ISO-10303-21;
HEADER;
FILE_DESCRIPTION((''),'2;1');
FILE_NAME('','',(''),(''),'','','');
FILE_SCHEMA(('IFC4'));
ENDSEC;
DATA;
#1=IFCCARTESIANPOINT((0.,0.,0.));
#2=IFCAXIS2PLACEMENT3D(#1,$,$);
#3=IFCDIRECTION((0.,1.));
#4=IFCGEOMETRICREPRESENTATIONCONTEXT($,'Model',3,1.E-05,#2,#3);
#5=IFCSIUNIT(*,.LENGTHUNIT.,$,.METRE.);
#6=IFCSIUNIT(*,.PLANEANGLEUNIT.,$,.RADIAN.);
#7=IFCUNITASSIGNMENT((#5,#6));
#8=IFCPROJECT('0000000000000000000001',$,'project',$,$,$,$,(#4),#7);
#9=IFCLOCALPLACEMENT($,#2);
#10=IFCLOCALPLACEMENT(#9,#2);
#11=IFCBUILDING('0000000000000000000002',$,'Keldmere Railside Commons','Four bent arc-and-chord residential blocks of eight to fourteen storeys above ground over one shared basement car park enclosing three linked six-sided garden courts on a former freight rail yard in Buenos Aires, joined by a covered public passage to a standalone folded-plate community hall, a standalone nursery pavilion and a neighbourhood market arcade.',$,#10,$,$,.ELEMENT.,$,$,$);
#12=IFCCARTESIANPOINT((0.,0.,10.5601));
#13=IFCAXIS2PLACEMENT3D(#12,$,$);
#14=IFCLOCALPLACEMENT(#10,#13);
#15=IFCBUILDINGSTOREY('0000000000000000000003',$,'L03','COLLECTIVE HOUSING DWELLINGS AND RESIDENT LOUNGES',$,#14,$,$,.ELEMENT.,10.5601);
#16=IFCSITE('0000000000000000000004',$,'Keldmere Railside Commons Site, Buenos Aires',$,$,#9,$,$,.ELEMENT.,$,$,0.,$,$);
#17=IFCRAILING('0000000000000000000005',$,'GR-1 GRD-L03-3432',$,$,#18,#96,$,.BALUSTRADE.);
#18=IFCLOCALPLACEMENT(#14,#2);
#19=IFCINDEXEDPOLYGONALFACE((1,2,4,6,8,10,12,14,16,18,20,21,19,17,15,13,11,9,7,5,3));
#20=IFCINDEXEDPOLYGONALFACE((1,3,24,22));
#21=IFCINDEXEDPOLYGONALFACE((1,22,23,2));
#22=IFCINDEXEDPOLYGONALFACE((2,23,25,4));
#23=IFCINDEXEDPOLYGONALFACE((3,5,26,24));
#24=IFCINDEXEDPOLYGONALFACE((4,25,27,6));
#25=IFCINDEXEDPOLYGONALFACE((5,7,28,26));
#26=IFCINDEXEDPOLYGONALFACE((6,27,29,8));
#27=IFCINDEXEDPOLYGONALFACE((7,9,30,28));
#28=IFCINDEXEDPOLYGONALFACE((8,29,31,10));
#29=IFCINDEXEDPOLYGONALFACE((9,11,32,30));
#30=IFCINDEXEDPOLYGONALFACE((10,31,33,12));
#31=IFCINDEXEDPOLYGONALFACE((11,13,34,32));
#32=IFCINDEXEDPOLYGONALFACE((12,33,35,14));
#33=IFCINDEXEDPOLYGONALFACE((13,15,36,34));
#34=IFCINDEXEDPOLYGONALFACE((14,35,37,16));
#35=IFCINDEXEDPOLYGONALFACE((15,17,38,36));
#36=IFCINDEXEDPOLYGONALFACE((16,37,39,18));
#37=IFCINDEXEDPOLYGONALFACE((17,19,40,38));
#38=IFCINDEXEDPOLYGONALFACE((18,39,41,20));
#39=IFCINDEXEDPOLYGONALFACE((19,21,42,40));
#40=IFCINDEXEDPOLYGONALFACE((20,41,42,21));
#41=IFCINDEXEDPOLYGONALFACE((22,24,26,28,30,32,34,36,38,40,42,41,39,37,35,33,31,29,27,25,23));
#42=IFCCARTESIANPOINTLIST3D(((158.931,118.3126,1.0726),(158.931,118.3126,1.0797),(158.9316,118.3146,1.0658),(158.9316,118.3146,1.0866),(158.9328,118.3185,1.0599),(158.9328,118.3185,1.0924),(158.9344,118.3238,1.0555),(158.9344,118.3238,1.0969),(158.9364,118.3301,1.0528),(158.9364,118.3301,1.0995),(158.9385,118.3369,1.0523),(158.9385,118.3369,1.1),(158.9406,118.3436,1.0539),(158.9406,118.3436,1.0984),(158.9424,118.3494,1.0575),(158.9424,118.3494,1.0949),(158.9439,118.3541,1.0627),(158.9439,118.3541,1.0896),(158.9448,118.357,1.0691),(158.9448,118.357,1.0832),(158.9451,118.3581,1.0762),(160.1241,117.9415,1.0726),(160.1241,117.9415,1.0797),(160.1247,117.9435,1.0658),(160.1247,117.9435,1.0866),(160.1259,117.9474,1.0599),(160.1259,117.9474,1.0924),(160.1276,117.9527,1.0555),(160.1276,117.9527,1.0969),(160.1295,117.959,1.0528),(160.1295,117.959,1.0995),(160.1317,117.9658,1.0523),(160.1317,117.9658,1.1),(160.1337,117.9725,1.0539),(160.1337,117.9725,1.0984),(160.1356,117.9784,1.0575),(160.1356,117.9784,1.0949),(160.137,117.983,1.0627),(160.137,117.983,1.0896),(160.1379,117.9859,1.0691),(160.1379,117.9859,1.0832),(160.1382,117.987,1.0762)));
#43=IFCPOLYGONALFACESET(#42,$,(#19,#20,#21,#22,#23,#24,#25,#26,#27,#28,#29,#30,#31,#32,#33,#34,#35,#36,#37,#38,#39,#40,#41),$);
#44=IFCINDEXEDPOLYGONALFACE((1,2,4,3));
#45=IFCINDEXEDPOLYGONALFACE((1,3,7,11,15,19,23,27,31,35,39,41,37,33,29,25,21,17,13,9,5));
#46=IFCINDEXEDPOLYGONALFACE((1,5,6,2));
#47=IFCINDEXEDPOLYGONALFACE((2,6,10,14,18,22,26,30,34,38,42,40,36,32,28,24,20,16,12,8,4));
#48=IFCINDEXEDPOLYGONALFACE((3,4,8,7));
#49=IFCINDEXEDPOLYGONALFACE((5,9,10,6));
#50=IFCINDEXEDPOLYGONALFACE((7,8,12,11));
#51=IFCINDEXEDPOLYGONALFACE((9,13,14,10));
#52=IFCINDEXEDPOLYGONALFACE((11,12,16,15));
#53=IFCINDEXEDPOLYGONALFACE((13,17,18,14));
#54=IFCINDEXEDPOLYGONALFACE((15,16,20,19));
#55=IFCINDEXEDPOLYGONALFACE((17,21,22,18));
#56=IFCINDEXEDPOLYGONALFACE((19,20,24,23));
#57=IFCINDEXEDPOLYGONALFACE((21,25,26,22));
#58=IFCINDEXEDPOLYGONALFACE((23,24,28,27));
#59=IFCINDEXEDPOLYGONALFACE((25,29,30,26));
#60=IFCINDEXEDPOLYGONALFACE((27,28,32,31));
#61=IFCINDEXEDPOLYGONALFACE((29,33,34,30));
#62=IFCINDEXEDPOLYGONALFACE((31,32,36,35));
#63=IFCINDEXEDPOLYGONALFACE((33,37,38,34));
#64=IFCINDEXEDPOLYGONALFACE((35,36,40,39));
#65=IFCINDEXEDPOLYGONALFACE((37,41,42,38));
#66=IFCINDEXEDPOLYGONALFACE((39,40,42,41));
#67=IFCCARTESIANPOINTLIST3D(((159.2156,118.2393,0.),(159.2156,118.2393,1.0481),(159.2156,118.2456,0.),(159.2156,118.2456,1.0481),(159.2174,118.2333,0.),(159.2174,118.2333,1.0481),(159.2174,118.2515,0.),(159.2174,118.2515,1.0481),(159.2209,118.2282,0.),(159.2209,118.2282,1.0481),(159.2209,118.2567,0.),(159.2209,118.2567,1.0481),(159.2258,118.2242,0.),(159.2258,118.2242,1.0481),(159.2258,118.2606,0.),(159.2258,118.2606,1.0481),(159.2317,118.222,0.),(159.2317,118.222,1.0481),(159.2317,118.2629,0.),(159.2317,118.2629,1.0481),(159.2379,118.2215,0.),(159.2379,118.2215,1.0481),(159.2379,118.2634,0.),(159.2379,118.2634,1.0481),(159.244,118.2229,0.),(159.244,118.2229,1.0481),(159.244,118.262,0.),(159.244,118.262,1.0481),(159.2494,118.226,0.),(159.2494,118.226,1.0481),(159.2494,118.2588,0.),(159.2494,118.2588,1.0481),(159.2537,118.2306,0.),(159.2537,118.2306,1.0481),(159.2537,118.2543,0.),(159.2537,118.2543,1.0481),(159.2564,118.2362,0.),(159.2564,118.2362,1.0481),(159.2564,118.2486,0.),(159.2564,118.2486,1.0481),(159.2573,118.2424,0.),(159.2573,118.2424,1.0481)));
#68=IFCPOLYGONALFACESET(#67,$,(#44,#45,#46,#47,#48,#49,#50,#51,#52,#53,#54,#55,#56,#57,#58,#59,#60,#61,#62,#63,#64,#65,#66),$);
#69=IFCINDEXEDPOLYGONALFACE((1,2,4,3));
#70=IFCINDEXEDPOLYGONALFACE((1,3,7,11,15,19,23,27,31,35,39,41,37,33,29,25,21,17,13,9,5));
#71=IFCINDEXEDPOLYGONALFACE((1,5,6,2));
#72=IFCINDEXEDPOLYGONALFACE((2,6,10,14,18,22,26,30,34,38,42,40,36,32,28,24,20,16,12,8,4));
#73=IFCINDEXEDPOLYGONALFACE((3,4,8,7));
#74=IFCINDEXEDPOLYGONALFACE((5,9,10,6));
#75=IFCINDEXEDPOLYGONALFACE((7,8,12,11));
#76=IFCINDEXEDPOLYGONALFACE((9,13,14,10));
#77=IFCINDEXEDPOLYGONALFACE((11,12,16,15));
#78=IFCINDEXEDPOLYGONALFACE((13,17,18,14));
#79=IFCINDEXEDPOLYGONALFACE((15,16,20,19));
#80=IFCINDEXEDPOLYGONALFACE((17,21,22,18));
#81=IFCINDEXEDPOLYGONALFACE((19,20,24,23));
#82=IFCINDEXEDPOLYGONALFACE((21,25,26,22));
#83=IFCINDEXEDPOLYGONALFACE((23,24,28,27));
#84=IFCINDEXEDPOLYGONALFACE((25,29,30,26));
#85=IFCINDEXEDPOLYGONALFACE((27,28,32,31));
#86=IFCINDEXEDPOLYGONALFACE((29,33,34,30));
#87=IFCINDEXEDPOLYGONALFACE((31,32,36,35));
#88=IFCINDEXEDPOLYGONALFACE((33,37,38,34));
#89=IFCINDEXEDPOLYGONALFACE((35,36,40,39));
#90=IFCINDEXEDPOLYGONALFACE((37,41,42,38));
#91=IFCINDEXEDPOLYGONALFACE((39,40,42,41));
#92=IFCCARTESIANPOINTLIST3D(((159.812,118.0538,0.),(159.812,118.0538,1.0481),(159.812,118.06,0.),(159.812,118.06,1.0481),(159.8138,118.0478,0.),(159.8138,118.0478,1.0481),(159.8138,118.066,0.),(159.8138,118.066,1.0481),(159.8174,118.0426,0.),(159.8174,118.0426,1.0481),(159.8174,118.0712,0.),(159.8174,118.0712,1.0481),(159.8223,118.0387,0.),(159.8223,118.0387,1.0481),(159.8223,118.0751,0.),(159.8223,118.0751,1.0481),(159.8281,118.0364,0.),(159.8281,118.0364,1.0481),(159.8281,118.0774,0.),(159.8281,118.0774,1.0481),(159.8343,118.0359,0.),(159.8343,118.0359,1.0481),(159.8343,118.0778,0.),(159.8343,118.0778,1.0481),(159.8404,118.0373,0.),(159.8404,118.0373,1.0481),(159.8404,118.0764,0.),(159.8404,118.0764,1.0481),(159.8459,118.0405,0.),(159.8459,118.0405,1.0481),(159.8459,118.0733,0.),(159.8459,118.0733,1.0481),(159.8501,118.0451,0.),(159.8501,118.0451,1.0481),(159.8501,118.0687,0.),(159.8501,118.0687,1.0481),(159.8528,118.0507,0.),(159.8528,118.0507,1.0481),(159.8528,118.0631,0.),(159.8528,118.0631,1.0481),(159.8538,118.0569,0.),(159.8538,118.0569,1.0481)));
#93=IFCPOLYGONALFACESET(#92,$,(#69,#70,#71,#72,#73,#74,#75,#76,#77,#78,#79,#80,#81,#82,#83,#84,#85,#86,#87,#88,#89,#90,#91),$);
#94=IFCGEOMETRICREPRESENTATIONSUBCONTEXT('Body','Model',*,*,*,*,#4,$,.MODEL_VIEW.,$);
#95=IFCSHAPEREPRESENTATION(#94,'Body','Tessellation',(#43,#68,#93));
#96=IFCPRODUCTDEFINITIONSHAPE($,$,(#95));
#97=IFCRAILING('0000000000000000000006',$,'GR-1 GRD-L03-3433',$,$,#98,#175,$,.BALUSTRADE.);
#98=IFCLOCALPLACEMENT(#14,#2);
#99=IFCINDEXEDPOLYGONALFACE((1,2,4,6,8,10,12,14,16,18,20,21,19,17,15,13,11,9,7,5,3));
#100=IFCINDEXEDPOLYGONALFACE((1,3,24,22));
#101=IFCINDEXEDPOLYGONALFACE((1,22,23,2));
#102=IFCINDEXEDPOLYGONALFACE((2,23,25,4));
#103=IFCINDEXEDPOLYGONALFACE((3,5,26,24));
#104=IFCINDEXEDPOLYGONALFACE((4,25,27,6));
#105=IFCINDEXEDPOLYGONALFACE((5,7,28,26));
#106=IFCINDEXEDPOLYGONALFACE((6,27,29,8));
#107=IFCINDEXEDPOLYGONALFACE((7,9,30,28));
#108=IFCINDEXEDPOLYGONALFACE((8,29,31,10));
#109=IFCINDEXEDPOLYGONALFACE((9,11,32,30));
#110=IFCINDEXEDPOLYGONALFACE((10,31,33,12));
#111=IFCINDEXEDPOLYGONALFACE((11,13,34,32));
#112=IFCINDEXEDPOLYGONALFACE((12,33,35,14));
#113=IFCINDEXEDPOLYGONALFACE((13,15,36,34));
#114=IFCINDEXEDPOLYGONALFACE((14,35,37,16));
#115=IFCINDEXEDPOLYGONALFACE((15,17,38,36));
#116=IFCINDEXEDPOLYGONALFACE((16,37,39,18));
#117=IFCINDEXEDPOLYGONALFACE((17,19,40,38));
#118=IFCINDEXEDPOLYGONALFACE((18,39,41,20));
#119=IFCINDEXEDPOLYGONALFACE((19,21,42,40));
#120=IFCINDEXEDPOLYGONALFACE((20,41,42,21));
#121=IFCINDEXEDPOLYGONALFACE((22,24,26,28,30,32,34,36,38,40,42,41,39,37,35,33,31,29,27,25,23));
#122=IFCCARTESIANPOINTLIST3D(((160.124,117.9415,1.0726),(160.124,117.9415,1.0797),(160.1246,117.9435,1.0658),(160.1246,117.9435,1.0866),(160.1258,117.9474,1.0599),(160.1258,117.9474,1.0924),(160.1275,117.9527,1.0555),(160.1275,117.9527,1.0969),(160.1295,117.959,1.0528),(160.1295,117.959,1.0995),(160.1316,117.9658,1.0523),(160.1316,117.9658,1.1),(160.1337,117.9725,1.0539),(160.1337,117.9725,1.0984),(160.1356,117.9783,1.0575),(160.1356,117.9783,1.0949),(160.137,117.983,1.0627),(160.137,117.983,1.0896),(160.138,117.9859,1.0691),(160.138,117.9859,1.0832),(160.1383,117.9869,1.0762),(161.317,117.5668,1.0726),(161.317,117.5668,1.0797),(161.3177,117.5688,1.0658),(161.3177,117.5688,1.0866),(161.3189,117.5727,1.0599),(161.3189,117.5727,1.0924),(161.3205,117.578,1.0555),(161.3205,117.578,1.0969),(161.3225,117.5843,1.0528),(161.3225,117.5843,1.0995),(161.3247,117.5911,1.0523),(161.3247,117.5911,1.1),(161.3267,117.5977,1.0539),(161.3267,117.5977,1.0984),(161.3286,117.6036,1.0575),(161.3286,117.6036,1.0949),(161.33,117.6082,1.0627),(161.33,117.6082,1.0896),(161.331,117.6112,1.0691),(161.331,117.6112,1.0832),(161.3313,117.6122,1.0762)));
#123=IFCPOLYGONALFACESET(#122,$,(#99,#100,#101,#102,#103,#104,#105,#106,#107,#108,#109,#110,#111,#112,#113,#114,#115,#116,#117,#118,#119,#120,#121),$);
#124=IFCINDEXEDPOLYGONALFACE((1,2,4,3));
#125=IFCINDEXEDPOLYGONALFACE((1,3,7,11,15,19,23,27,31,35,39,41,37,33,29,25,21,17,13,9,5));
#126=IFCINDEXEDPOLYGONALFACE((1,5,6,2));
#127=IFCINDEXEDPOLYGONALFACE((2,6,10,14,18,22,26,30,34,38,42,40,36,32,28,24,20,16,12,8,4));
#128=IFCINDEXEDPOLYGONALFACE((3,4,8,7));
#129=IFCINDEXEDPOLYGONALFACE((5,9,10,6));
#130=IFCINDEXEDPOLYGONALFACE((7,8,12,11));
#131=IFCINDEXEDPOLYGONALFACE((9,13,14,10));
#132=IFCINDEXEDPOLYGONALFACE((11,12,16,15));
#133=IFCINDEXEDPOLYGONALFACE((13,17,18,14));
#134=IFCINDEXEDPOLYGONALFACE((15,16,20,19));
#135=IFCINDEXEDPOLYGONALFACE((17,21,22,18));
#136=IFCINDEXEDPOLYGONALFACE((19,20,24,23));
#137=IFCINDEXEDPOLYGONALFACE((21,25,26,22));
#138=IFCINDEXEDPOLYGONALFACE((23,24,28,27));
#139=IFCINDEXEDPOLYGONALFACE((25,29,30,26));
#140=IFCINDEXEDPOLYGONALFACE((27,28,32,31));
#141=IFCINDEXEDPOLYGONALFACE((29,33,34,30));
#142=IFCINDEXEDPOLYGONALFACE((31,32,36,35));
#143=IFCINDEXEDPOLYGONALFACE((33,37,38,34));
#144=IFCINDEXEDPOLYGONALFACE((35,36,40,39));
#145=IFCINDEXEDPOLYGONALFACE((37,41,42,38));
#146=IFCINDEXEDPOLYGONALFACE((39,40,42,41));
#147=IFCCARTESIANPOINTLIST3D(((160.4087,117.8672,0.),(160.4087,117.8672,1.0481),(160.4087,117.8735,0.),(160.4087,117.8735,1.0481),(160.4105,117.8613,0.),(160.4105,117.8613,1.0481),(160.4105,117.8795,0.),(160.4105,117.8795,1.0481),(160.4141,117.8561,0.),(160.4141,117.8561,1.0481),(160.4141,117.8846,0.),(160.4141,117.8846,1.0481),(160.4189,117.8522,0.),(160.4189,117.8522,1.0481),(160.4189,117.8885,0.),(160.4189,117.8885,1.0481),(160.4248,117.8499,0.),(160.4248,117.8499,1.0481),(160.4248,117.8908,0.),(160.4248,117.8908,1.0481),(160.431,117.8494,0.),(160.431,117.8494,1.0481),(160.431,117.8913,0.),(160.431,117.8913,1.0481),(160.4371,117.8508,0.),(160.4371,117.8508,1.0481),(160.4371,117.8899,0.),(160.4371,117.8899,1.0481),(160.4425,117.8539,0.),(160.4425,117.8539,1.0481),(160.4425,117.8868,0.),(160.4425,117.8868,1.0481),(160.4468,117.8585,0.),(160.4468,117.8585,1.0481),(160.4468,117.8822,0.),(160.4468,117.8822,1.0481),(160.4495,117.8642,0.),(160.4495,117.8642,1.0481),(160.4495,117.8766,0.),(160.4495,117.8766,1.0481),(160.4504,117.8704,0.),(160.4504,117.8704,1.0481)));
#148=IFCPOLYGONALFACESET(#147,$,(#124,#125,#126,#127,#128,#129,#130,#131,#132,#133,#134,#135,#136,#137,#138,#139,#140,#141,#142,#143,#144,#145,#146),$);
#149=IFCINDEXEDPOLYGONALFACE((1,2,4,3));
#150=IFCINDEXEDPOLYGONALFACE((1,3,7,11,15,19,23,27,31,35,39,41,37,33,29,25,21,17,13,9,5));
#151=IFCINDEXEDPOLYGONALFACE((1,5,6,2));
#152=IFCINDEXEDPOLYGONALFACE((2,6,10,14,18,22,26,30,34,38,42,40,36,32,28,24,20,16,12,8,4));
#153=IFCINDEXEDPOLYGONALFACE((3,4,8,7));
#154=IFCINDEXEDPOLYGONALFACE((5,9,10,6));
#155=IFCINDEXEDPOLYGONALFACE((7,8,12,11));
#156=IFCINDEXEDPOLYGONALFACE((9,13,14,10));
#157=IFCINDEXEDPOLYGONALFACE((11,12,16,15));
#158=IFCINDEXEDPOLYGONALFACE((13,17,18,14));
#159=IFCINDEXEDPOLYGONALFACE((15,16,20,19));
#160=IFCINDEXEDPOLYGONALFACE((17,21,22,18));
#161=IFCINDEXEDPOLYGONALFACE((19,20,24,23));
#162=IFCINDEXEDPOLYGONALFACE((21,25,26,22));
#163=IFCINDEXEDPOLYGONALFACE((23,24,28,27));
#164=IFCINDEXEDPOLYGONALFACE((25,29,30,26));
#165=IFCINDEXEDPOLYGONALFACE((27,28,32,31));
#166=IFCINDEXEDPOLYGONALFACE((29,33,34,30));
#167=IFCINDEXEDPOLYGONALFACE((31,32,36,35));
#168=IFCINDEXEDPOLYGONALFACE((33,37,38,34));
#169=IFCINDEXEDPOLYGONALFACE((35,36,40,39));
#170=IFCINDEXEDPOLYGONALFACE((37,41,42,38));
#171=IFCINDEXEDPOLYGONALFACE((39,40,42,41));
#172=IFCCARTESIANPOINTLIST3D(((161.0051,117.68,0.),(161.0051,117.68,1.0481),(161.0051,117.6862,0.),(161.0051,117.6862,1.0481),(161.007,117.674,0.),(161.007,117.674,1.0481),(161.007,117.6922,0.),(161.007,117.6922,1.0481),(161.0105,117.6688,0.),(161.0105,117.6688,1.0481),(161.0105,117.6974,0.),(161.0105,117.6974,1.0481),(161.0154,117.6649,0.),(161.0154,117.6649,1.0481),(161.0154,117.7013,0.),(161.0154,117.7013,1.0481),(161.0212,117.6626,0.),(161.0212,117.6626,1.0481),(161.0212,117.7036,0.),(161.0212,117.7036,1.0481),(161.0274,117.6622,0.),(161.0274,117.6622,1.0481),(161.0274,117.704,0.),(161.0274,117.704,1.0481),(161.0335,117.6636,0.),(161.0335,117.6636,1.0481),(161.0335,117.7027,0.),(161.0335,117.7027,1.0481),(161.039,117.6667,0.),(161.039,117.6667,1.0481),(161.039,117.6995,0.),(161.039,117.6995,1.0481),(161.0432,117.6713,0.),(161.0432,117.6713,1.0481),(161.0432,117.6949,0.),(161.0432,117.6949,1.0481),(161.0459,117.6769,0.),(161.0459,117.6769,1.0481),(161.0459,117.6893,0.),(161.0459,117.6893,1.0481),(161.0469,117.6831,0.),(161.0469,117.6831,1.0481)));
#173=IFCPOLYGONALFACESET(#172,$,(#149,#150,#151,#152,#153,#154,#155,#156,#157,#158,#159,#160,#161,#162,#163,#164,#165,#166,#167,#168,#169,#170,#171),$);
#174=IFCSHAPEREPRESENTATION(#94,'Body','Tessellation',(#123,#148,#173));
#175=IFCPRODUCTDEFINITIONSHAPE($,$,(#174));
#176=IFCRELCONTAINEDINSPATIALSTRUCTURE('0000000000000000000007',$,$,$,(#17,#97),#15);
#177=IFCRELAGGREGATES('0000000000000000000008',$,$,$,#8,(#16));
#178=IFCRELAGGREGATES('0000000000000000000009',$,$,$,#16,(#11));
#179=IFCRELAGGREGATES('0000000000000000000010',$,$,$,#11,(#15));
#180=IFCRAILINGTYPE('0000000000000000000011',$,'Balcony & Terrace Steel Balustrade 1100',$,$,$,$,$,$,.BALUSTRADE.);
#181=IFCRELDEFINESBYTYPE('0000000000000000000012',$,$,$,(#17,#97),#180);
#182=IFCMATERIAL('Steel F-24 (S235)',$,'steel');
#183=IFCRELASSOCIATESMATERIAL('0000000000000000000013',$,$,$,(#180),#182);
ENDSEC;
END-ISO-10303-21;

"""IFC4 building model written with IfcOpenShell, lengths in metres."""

from ifc_helpers import new_model, si_unit, direction, frame, origin, origin_2d, place, context, subcontext, project, spatial, circle, extrude, material, type_object, element, save


model = new_model("IFC4")

# Units and contexts
model_context = context("Model", 3, precision=1e-05, world=origin(), true_north=direction((0.0, 1.0)))
body_context = subcontext(model_context, "Body", "Model", "MODEL_VIEW")
ifc_project = project(units=[si_unit("LENGTHUNIT", "METRE"), si_unit("PLANEANGLEUNIT", "RADIAN")], contexts=[model_context])

# Site, building, storey
site_placement = place(None, origin())
site = spatial("IfcSite", under=ifc_project, at=site_placement, Name="Keldmere Railside Commons Site, Buenos Aires", CompositionType="ELEMENT", RefElevation=0.0)
building_placement = place(site_placement, origin())
building = spatial("IfcBuilding", under=site, at=building_placement, Name="Keldmere Railside Commons", Description="Four bent arc-and-chord residential blocks of eight to fourteen storeys above ground over one shared basement car park enclosing three linked six-sided garden courts on a former freight rail yard in Buenos Aires, joined by a covered public passage to a standalone folded-plate community hall, a standalone nursery pavilion and a neighbourhood market arcade.", CompositionType="ELEMENT")
storey_placement = place(building_placement, frame((0.0, 0.0, 10.5601)))
storey = spatial("IfcBuildingStorey", under=building, at=storey_placement, Name="L03", Description="COLLECTIVE HOUSING DWELLINGS AND RESIDENT LOUNGES", CompositionType="ELEMENT", Elevation=10.5601)

# Railings
ifc_material_1 = material(Name="Steel F-24 (S235)", Category="steel")
railing_type = type_object("IfcRailingType", Name="Balcony & Terrace Steel Balustrade 1100", PredefinedType="BALUSTRADE", material=ifc_material_1)
railing_1_placement = place(storey_placement, frame((158.938, 118.3352, 0.0)))
element("IfcRailing", 1, at=railing_1_placement, inside=storey, type_object=railing_type, Name="GR-1 GRD-L03-3432", PredefinedType="BALUSTRADE", context=body_context, shape_type="SweptSolid", body=[
    extrude(circle(Radius=0.0239, at=origin_2d()), frame((0.0, 0.0, 1.0762), z_axis=(0.954879, -0.296995, 0.0), x_axis=(0.296995, 0.954879, 0.0)), (0.0, 0.0, 1.0), 1.2495),
    extrude(circle(Radius=0.021, at=origin_2d()), frame((0.2983, -0.0928, 0.0)), (0.0, 0.0, 1.0), 1.0481),
    extrude(circle(Radius=0.021, at=origin_2d()), frame((0.8948, -0.2783, 0.0)), (0.0, 0.0, 1.0), 1.0481),
])
railing_2_placement = place(storey_placement, frame((160.1311, 117.9641, 0.0)))
element("IfcRailing", 2, at=railing_2_placement, inside=storey, type_object=railing_type, Name="GR-1 GRD-L03-3433", PredefinedType="BALUSTRADE", context=body_context, shape_type="SweptSolid", body=[
    extrude(circle(Radius=0.0239, at=origin_2d()), frame((0.0, 0.0, 1.0762), z_axis=(0.954045, -0.299664, 0.0), x_axis=(0.299664, 0.954045, 0.0)), (0.0, 0.0, 1.0), 1.2505),
    extrude(circle(Radius=0.021, at=origin_2d()), frame((0.2983, -0.0938, 0.0)), (0.0, 0.0, 1.0), 1.0481),
    extrude(circle(Radius=0.021, at=origin_2d()), frame((0.8948, -0.281, 0.0)), (0.0, 0.0, 1.0), 1.0481),
])

save(model, "model.ifc")
